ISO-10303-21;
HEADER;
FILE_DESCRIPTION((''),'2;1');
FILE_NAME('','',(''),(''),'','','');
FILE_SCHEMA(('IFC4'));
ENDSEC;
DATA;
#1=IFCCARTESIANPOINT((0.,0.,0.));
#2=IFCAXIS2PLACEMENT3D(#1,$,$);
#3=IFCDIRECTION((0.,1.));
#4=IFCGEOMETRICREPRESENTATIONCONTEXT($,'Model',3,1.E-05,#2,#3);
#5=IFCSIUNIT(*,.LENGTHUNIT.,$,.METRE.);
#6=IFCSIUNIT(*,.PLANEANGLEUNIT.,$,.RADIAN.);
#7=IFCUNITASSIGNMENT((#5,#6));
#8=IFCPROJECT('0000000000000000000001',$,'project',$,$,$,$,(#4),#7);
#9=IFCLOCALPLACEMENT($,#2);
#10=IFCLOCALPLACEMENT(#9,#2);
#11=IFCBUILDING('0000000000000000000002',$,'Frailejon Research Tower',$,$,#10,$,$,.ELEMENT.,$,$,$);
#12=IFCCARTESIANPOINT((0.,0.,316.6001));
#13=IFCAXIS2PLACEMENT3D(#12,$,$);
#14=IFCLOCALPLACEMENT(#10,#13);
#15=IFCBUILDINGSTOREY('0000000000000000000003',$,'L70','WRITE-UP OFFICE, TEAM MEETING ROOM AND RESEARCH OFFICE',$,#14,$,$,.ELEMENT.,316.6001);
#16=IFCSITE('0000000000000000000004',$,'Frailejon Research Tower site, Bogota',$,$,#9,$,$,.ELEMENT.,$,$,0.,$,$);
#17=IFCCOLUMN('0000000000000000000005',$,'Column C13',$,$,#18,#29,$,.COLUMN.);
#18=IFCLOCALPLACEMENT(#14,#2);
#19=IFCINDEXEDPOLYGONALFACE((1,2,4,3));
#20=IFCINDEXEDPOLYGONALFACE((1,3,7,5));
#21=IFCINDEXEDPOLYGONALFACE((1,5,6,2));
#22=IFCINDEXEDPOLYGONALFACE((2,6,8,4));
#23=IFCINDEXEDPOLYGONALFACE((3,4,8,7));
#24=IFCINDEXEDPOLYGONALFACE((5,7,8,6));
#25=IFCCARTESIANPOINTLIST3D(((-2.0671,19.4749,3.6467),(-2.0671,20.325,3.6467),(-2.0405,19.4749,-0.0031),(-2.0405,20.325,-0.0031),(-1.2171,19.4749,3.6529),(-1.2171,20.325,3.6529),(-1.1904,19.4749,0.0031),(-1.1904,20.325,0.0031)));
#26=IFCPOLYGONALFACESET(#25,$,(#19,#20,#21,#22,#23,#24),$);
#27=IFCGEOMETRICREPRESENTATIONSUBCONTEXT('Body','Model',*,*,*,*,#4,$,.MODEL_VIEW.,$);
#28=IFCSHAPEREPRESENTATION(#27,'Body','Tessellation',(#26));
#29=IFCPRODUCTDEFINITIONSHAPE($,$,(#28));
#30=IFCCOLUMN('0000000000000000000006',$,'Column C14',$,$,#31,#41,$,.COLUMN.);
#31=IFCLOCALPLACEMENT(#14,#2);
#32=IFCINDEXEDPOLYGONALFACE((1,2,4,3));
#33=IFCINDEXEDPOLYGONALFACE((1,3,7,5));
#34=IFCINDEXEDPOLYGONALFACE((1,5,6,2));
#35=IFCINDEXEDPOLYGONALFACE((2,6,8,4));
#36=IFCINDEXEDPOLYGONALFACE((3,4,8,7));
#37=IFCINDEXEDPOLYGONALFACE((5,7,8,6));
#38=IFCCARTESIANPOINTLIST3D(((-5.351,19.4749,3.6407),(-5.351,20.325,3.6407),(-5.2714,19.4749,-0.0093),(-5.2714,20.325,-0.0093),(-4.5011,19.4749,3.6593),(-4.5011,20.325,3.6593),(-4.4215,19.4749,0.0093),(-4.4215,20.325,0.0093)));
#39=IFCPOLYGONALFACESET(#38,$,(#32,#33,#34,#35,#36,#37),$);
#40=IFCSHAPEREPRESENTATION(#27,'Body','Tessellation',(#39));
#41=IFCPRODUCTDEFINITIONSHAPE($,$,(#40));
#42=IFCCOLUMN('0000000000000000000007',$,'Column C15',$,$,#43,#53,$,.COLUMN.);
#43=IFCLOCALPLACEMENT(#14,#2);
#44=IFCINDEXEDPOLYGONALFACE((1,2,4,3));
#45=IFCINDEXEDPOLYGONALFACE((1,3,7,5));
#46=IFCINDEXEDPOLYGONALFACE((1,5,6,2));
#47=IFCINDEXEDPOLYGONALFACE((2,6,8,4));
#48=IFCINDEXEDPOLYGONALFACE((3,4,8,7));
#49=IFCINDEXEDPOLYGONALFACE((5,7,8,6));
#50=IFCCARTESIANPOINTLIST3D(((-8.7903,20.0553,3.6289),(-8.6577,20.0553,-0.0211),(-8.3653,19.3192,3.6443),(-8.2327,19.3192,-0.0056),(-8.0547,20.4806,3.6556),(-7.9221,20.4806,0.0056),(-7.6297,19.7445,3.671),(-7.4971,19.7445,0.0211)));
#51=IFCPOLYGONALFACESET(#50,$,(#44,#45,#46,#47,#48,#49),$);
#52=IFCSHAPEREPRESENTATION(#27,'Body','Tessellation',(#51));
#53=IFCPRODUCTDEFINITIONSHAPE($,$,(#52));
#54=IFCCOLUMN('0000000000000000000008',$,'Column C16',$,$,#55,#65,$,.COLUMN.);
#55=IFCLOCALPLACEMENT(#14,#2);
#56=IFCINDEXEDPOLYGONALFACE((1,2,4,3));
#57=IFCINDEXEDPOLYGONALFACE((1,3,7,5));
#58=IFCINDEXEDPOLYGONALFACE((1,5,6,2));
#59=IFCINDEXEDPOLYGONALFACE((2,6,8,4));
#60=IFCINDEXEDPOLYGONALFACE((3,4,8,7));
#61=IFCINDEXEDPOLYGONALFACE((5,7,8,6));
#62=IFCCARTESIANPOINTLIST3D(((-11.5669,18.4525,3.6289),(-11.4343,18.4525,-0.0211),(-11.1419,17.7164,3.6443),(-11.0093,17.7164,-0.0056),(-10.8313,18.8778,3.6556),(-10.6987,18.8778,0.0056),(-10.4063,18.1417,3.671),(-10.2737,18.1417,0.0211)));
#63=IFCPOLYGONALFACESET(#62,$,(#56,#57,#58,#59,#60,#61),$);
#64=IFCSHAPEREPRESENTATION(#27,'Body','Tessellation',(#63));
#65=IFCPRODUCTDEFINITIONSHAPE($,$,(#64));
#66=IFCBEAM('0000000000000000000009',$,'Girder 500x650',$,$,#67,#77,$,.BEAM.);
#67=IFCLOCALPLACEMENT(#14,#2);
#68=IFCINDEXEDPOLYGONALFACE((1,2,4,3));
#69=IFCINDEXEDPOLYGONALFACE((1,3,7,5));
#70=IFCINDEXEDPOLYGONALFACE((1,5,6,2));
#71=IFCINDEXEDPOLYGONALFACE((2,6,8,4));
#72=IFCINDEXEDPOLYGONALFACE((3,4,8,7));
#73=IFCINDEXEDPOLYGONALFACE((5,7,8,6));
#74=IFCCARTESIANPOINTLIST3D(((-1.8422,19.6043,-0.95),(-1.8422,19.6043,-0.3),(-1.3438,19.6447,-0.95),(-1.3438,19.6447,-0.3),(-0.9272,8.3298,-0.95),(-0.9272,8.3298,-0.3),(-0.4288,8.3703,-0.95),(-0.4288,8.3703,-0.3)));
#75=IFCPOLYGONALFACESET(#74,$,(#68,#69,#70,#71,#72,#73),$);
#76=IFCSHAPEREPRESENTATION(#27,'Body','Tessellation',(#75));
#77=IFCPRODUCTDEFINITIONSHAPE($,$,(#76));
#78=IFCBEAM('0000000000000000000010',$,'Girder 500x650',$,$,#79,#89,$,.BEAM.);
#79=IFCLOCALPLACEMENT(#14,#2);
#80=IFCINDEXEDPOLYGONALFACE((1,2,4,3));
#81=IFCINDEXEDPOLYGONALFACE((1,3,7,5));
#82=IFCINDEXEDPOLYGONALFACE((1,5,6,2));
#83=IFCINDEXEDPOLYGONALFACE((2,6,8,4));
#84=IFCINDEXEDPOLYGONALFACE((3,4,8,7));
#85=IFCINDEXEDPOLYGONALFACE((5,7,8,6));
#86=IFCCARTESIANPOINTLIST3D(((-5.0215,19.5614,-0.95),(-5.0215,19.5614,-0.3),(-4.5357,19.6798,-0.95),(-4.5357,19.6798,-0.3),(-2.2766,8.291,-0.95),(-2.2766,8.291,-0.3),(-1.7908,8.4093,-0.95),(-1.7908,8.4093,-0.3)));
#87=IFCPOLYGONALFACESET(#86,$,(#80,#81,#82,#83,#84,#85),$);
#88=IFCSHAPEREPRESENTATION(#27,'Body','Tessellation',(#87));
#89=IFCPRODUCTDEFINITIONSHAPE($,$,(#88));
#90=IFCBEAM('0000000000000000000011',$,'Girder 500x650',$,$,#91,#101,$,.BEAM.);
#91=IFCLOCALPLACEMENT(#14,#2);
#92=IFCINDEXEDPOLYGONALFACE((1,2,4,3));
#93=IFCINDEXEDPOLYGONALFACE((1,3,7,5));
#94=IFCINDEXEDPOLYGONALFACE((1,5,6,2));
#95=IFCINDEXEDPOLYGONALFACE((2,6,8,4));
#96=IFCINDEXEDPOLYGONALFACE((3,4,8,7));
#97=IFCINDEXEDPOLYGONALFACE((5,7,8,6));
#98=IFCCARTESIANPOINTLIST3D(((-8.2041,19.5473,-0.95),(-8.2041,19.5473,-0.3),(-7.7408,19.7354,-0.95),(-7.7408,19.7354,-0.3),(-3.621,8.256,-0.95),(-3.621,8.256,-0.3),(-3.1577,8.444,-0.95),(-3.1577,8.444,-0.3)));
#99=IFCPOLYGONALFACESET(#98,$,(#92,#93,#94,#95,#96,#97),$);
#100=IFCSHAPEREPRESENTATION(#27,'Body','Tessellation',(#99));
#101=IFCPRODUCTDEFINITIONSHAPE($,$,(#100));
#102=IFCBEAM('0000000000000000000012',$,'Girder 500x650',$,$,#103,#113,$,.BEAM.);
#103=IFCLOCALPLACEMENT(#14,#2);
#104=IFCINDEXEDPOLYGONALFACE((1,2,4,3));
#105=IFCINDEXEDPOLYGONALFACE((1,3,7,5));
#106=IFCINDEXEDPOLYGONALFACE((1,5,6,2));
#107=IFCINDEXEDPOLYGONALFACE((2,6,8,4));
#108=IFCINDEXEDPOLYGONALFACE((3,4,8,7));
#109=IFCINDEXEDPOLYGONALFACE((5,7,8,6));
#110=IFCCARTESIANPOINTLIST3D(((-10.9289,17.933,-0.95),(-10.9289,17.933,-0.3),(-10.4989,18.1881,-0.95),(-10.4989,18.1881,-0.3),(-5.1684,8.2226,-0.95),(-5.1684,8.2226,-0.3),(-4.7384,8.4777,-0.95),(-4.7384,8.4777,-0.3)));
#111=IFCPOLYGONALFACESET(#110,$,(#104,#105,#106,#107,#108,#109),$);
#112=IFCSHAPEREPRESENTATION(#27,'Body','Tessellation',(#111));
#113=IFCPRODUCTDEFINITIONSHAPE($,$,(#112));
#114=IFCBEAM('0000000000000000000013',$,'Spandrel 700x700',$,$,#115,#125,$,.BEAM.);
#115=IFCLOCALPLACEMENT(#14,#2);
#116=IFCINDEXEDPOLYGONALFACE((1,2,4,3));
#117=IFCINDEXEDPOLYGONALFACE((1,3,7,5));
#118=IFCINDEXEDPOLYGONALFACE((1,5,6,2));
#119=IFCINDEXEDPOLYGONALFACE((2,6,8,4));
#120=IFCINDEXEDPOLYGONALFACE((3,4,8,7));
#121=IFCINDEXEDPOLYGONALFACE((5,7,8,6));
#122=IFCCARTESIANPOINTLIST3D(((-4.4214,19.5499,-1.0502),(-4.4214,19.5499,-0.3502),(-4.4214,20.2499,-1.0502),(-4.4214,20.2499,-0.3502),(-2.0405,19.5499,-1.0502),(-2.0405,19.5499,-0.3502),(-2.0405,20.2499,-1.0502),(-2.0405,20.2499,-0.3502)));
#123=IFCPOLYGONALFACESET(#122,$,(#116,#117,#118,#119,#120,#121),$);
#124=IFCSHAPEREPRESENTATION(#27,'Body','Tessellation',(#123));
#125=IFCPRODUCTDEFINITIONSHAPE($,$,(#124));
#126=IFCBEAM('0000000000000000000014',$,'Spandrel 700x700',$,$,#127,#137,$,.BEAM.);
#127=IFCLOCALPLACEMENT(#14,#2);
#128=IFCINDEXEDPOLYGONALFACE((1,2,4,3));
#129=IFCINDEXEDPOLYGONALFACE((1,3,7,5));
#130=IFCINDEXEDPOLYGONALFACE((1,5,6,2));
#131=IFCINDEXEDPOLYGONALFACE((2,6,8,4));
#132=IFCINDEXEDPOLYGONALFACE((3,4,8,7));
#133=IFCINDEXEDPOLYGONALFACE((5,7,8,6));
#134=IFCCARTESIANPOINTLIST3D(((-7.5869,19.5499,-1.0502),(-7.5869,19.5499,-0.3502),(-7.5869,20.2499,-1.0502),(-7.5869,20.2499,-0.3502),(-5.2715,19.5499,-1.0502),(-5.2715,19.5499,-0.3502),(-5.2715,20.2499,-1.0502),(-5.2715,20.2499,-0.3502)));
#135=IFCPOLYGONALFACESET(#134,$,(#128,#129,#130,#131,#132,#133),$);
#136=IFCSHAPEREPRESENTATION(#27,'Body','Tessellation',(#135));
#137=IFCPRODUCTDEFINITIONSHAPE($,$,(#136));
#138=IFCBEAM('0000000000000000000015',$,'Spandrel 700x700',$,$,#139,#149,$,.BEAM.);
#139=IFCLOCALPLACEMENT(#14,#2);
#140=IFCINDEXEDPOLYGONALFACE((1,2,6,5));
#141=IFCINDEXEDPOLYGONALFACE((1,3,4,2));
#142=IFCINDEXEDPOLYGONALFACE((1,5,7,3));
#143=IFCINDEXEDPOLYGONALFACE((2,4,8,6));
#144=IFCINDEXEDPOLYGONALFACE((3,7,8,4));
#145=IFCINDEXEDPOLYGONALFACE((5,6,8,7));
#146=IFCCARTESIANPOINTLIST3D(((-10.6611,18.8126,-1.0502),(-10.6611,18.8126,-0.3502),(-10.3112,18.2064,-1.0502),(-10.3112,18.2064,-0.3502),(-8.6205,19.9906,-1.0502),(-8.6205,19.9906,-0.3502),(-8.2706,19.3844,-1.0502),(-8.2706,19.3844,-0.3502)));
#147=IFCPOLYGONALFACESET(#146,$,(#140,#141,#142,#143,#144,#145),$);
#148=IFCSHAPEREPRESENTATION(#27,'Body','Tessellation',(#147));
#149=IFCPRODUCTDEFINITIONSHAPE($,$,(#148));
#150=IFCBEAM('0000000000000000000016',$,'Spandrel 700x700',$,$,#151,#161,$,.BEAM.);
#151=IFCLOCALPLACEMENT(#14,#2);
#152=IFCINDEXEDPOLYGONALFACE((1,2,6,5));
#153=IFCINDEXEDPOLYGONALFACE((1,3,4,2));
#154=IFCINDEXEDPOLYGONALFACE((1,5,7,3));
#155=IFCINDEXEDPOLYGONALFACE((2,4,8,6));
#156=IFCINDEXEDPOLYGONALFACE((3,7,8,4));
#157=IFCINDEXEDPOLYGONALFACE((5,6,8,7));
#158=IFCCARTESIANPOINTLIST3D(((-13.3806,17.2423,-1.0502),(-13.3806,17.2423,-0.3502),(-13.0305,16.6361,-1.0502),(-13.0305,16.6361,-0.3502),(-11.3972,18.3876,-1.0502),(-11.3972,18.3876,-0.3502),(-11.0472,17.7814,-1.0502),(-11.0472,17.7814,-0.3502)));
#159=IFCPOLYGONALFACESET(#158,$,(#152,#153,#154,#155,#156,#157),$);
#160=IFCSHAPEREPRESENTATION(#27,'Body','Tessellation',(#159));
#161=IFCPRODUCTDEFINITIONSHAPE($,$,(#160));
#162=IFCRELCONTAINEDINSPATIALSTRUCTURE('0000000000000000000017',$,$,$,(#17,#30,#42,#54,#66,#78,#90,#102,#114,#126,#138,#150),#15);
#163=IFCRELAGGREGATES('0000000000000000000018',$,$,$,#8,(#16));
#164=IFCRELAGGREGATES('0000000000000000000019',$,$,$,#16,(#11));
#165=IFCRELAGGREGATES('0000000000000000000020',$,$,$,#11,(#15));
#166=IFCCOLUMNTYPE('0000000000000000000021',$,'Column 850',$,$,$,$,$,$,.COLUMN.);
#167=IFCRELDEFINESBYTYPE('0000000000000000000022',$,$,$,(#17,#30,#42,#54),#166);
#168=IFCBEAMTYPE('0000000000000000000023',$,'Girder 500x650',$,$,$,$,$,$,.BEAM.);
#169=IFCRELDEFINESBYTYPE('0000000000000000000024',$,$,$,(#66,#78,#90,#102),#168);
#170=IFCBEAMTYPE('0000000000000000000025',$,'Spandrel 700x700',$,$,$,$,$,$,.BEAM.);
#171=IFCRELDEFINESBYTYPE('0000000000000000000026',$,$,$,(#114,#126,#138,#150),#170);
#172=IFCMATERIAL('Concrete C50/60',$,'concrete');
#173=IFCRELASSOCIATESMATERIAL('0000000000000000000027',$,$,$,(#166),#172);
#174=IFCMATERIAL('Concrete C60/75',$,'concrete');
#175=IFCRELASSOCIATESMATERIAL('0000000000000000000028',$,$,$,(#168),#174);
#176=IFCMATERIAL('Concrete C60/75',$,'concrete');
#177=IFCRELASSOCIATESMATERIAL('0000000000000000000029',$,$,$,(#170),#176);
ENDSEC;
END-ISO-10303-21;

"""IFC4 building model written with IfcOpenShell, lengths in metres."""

from ifc_helpers import new_model, si_unit, direction, frame, origin, origin_2d, place, context, subcontext, project, spatial, rectangle, extrude, material, material_profile, profile_set, type_object, element, save


model = new_model("IFC4")

# Units and contexts
model_context = context("Model", 3, precision=1e-05, world=origin(), true_north=direction((0.0, 1.0)))
body_context = subcontext(model_context, "Body", "Model", "MODEL_VIEW")
ifc_project = project(units=[si_unit("LENGTHUNIT", "METRE"), si_unit("PLANEANGLEUNIT", "RADIAN")], contexts=[model_context])

# Site, building, storey
site_placement = place(None, origin())
site = spatial("IfcSite", under=ifc_project, at=site_placement, Name="Frailejon Research Tower site, Bogota", CompositionType="ELEMENT", RefElevation=0.0)
building_placement = place(site_placement, origin())
building = spatial("IfcBuilding", under=site, at=building_placement, Name="Frailejon Research Tower", CompositionType="ELEMENT")
storey_placement = place(building_placement, frame((0.0, 0.0, 316.6001)))
storey = spatial("IfcBuildingStorey", under=building, at=storey_placement, Name="L70", Description="WRITE-UP OFFICE, TEAM MEETING ROOM AND RESEARCH OFFICE", CompositionType="ELEMENT", Elevation=316.6001)

# Columns
ifc_material_1 = material(Name="Concrete C50/60", Category="concrete")
ifc_material_profile_1 = material_profile(ifc_material_1, rectangle(XDim=0.8501, YDim=0.8501, at=origin_2d()), Name="Column 850")
ifc_profile_set_1 = profile_set([ifc_material_profile_1], Name="Concrete C50/60")
column_type = type_object("IfcColumnType", Name="Column 850", PredefinedType="COLUMN", material=ifc_profile_set_1)
column_1_placement = place(storey_placement, frame((-1.6155, 19.8999, 0.0), z_axis=(-0.007291, 0.0, 0.999973), x_axis=(-0.999973, 0.0, -0.007291)))
element("IfcColumn", 1, at=column_1_placement, inside=storey, type_object=column_type, Name="Column C13", PredefinedType="COLUMN", context=body_context, shape_type="SweptSolid", body=[
    extrude(rectangle(XDim=0.8501, YDim=0.8501, at=origin_2d()), origin(), (0.0, 0.0, 1.0), 3.6499),
])
column_2_placement = place(storey_placement, frame((-4.8464, 19.8999, 0.0), z_axis=(-0.021801, 0.0, 0.999762), x_axis=(-0.999762, 0.0, -0.021801)))
element("IfcColumn", 2, at=column_2_placement, inside=storey, type_object=column_type, Name="Column C14", PredefinedType="COLUMN", context=body_context, shape_type="SweptSolid", body=[
    extrude(rectangle(XDim=0.8501, YDim=0.8501, at=origin_2d()), origin(), (0.0, 0.0, 1.0), 3.6509),
])
for number, where, z_axis, x_axis, name in (
    (3, (-8.0774, 19.8999, 0.0), (-0.036297, 0.0, 0.999341), (-0.865313, -0.500246, -0.031429), "Column C15"),
    (4, (-10.854, 18.2971, 0.0), (-0.036297, 0.0, 0.999341), (-0.865313, -0.500246, -0.031429), "Column C16"),
):
    element("IfcColumn", number, at=place(storey_placement, frame(where, z_axis=z_axis, x_axis=x_axis)), inside=storey, type_object=column_type, Name=name, PredefinedType="COLUMN", context=body_context, shape_type="SweptSolid", body=[
        extrude(rectangle(XDim=0.8501, YDim=0.8501, at=origin_2d()), origin(), (0.0, 0.0, 1.0), 3.6523),
    ])

# Beams
ifc_material_2 = material(Name="Concrete C60/75", Category="concrete")
ifc_material_profile_2 = material_profile(ifc_material_2, rectangle(XDim=0.5, YDim=0.6499, at=origin_2d()), Name="Girder 500x650")
ifc_profile_set_2 = profile_set([ifc_material_profile_2], Name="Concrete C60/75")
beam_type_1 = type_object("IfcBeamType", Name="Girder 500x650", PredefinedType="BEAM", material=ifc_profile_set_2)
beam_1_placement = place(storey_placement, frame((-1.593, 19.6245, -0.625), z_axis=(0.080895, -0.996723, 0.0), x_axis=(0.996723, 0.080895, 0.0)))
element("IfcBeam", 5, at=beam_1_placement, inside=storey, type_object=beam_type_1, Name="Girder 500x650", PredefinedType="BEAM", context=body_context, shape_type="SweptSolid", body=[
    extrude(rectangle(XDim=0.5, YDim=0.6499, at=origin_2d()), origin(), (0.0, 0.0, 1.0), 11.3115),
])
beam_2_placement = place(storey_placement, frame((-4.7786, 19.6206, -0.625), z_axis=(0.236628, -0.9716, 0.0), x_axis=(0.9716, 0.236628, 0.0)))
element("IfcBeam", 6, at=beam_2_placement, inside=storey, type_object=beam_type_1, Name="Girder 500x650", PredefinedType="BEAM", context=body_context, shape_type="SweptSolid", body=[
    extrude(rectangle(XDim=0.5, YDim=0.6499, at=origin_2d()), origin(), (0.0, 0.0, 1.0), 11.5999),
])
beam_3_placement = place(storey_placement, frame((-7.9724, 19.6414, -0.625), z_axis=(0.376091, -0.926583, 0.0), x_axis=(0.926583, 0.376091, 0.0)))
element("IfcBeam", 7, at=beam_3_placement, inside=storey, type_object=beam_type_1, Name="Girder 500x650", PredefinedType="BEAM", context=body_context, shape_type="SweptSolid", body=[
    extrude(rectangle(XDim=0.5, YDim=0.6499, at=origin_2d()), origin(), (0.0, 0.0, 1.0), 12.186),
])
beam_4_placement = place(storey_placement, frame((-10.7139, 18.0605, -0.625), z_axis=(0.510206, -0.860052, 0.0), x_axis=(0.860052, 0.510206, 0.0)))
element("IfcBeam", 8, at=beam_4_placement, inside=storey, type_object=beam_type_1, Name="Girder 500x650", PredefinedType="BEAM", context=body_context, shape_type="SweptSolid", body=[
    extrude(rectangle(XDim=0.5, YDim=0.6499, at=origin_2d()), origin(), (0.0, 0.0, 1.0), 11.2905),
])
ifc_material_3 = material(Name="Concrete C60/75", Category="concrete")
ifc_material_profile_3 = material_profile(ifc_material_3, rectangle(XDim=0.7, YDim=0.7, at=origin_2d()), Name="Spandrel 700x700")
ifc_profile_set_3 = profile_set([ifc_material_profile_3], Name="Concrete C60/75")
beam_type_2 = type_object("IfcBeamType", Name="Spandrel 700x700", PredefinedType="BEAM", material=ifc_profile_set_3)
beam_5_placement = place(storey_placement, frame((-2.0405, 19.8999, -0.7002), z_axis=(-1.0, 0.0, 0.0), x_axis=(0.0, -1.0, 0.0)))
element("IfcBeam", 9, at=beam_5_placement, inside=storey, type_object=beam_type_2, Name="Spandrel 700x700", PredefinedType="BEAM", context=body_context, shape_type="SweptSolid", body=[
    extrude(rectangle(XDim=0.7, YDim=0.7, at=origin_2d()), origin(), (0.0, 0.0, 1.0), 2.3809),
])
beam_6_placement = place(storey_placement, frame((-5.2715, 19.8999, -0.7002), z_axis=(-1.0, 0.0, 0.0), x_axis=(0.0, -1.0, 0.0)))
element("IfcBeam", 10, at=beam_6_placement, inside=storey, type_object=beam_type_2, Name="Spandrel 700x700", PredefinedType="BEAM", context=body_context, shape_type="SweptSolid", body=[
    extrude(rectangle(XDim=0.7, YDim=0.7, at=origin_2d()), origin(), (0.0, 0.0, 1.0), 2.3154),
])
beam_7_placement = place(storey_placement, frame((-8.4456, 19.6875, -0.7002), z_axis=(-0.866048, -0.499962, 0.0), x_axis=(0.499962, -0.866048, 0.0)))
element("IfcBeam", 11, at=beam_7_placement, inside=storey, type_object=beam_type_2, Name="Spandrel 700x700", PredefinedType="BEAM", context=body_context, shape_type="SweptSolid", body=[
    extrude(rectangle(XDim=0.7, YDim=0.7, at=origin_2d()), origin(), (0.0, 0.0, 1.0), 2.3562),
])
beam_8_placement = place(storey_placement, frame((-11.2222, 18.0845, -0.7002), z_axis=(-0.865997, -0.500048, 0.0), x_axis=(0.500048, -0.865997, 0.0)))
element("IfcBeam", 12, at=beam_8_placement, inside=storey, type_object=beam_type_2, Name="Spandrel 700x700", PredefinedType="BEAM", context=body_context, shape_type="SweptSolid", body=[
    extrude(rectangle(XDim=0.7, YDim=0.7, at=origin_2d()), origin(), (0.0, 0.0, 1.0), 2.2903),
])

save(model, "model.ifc")
